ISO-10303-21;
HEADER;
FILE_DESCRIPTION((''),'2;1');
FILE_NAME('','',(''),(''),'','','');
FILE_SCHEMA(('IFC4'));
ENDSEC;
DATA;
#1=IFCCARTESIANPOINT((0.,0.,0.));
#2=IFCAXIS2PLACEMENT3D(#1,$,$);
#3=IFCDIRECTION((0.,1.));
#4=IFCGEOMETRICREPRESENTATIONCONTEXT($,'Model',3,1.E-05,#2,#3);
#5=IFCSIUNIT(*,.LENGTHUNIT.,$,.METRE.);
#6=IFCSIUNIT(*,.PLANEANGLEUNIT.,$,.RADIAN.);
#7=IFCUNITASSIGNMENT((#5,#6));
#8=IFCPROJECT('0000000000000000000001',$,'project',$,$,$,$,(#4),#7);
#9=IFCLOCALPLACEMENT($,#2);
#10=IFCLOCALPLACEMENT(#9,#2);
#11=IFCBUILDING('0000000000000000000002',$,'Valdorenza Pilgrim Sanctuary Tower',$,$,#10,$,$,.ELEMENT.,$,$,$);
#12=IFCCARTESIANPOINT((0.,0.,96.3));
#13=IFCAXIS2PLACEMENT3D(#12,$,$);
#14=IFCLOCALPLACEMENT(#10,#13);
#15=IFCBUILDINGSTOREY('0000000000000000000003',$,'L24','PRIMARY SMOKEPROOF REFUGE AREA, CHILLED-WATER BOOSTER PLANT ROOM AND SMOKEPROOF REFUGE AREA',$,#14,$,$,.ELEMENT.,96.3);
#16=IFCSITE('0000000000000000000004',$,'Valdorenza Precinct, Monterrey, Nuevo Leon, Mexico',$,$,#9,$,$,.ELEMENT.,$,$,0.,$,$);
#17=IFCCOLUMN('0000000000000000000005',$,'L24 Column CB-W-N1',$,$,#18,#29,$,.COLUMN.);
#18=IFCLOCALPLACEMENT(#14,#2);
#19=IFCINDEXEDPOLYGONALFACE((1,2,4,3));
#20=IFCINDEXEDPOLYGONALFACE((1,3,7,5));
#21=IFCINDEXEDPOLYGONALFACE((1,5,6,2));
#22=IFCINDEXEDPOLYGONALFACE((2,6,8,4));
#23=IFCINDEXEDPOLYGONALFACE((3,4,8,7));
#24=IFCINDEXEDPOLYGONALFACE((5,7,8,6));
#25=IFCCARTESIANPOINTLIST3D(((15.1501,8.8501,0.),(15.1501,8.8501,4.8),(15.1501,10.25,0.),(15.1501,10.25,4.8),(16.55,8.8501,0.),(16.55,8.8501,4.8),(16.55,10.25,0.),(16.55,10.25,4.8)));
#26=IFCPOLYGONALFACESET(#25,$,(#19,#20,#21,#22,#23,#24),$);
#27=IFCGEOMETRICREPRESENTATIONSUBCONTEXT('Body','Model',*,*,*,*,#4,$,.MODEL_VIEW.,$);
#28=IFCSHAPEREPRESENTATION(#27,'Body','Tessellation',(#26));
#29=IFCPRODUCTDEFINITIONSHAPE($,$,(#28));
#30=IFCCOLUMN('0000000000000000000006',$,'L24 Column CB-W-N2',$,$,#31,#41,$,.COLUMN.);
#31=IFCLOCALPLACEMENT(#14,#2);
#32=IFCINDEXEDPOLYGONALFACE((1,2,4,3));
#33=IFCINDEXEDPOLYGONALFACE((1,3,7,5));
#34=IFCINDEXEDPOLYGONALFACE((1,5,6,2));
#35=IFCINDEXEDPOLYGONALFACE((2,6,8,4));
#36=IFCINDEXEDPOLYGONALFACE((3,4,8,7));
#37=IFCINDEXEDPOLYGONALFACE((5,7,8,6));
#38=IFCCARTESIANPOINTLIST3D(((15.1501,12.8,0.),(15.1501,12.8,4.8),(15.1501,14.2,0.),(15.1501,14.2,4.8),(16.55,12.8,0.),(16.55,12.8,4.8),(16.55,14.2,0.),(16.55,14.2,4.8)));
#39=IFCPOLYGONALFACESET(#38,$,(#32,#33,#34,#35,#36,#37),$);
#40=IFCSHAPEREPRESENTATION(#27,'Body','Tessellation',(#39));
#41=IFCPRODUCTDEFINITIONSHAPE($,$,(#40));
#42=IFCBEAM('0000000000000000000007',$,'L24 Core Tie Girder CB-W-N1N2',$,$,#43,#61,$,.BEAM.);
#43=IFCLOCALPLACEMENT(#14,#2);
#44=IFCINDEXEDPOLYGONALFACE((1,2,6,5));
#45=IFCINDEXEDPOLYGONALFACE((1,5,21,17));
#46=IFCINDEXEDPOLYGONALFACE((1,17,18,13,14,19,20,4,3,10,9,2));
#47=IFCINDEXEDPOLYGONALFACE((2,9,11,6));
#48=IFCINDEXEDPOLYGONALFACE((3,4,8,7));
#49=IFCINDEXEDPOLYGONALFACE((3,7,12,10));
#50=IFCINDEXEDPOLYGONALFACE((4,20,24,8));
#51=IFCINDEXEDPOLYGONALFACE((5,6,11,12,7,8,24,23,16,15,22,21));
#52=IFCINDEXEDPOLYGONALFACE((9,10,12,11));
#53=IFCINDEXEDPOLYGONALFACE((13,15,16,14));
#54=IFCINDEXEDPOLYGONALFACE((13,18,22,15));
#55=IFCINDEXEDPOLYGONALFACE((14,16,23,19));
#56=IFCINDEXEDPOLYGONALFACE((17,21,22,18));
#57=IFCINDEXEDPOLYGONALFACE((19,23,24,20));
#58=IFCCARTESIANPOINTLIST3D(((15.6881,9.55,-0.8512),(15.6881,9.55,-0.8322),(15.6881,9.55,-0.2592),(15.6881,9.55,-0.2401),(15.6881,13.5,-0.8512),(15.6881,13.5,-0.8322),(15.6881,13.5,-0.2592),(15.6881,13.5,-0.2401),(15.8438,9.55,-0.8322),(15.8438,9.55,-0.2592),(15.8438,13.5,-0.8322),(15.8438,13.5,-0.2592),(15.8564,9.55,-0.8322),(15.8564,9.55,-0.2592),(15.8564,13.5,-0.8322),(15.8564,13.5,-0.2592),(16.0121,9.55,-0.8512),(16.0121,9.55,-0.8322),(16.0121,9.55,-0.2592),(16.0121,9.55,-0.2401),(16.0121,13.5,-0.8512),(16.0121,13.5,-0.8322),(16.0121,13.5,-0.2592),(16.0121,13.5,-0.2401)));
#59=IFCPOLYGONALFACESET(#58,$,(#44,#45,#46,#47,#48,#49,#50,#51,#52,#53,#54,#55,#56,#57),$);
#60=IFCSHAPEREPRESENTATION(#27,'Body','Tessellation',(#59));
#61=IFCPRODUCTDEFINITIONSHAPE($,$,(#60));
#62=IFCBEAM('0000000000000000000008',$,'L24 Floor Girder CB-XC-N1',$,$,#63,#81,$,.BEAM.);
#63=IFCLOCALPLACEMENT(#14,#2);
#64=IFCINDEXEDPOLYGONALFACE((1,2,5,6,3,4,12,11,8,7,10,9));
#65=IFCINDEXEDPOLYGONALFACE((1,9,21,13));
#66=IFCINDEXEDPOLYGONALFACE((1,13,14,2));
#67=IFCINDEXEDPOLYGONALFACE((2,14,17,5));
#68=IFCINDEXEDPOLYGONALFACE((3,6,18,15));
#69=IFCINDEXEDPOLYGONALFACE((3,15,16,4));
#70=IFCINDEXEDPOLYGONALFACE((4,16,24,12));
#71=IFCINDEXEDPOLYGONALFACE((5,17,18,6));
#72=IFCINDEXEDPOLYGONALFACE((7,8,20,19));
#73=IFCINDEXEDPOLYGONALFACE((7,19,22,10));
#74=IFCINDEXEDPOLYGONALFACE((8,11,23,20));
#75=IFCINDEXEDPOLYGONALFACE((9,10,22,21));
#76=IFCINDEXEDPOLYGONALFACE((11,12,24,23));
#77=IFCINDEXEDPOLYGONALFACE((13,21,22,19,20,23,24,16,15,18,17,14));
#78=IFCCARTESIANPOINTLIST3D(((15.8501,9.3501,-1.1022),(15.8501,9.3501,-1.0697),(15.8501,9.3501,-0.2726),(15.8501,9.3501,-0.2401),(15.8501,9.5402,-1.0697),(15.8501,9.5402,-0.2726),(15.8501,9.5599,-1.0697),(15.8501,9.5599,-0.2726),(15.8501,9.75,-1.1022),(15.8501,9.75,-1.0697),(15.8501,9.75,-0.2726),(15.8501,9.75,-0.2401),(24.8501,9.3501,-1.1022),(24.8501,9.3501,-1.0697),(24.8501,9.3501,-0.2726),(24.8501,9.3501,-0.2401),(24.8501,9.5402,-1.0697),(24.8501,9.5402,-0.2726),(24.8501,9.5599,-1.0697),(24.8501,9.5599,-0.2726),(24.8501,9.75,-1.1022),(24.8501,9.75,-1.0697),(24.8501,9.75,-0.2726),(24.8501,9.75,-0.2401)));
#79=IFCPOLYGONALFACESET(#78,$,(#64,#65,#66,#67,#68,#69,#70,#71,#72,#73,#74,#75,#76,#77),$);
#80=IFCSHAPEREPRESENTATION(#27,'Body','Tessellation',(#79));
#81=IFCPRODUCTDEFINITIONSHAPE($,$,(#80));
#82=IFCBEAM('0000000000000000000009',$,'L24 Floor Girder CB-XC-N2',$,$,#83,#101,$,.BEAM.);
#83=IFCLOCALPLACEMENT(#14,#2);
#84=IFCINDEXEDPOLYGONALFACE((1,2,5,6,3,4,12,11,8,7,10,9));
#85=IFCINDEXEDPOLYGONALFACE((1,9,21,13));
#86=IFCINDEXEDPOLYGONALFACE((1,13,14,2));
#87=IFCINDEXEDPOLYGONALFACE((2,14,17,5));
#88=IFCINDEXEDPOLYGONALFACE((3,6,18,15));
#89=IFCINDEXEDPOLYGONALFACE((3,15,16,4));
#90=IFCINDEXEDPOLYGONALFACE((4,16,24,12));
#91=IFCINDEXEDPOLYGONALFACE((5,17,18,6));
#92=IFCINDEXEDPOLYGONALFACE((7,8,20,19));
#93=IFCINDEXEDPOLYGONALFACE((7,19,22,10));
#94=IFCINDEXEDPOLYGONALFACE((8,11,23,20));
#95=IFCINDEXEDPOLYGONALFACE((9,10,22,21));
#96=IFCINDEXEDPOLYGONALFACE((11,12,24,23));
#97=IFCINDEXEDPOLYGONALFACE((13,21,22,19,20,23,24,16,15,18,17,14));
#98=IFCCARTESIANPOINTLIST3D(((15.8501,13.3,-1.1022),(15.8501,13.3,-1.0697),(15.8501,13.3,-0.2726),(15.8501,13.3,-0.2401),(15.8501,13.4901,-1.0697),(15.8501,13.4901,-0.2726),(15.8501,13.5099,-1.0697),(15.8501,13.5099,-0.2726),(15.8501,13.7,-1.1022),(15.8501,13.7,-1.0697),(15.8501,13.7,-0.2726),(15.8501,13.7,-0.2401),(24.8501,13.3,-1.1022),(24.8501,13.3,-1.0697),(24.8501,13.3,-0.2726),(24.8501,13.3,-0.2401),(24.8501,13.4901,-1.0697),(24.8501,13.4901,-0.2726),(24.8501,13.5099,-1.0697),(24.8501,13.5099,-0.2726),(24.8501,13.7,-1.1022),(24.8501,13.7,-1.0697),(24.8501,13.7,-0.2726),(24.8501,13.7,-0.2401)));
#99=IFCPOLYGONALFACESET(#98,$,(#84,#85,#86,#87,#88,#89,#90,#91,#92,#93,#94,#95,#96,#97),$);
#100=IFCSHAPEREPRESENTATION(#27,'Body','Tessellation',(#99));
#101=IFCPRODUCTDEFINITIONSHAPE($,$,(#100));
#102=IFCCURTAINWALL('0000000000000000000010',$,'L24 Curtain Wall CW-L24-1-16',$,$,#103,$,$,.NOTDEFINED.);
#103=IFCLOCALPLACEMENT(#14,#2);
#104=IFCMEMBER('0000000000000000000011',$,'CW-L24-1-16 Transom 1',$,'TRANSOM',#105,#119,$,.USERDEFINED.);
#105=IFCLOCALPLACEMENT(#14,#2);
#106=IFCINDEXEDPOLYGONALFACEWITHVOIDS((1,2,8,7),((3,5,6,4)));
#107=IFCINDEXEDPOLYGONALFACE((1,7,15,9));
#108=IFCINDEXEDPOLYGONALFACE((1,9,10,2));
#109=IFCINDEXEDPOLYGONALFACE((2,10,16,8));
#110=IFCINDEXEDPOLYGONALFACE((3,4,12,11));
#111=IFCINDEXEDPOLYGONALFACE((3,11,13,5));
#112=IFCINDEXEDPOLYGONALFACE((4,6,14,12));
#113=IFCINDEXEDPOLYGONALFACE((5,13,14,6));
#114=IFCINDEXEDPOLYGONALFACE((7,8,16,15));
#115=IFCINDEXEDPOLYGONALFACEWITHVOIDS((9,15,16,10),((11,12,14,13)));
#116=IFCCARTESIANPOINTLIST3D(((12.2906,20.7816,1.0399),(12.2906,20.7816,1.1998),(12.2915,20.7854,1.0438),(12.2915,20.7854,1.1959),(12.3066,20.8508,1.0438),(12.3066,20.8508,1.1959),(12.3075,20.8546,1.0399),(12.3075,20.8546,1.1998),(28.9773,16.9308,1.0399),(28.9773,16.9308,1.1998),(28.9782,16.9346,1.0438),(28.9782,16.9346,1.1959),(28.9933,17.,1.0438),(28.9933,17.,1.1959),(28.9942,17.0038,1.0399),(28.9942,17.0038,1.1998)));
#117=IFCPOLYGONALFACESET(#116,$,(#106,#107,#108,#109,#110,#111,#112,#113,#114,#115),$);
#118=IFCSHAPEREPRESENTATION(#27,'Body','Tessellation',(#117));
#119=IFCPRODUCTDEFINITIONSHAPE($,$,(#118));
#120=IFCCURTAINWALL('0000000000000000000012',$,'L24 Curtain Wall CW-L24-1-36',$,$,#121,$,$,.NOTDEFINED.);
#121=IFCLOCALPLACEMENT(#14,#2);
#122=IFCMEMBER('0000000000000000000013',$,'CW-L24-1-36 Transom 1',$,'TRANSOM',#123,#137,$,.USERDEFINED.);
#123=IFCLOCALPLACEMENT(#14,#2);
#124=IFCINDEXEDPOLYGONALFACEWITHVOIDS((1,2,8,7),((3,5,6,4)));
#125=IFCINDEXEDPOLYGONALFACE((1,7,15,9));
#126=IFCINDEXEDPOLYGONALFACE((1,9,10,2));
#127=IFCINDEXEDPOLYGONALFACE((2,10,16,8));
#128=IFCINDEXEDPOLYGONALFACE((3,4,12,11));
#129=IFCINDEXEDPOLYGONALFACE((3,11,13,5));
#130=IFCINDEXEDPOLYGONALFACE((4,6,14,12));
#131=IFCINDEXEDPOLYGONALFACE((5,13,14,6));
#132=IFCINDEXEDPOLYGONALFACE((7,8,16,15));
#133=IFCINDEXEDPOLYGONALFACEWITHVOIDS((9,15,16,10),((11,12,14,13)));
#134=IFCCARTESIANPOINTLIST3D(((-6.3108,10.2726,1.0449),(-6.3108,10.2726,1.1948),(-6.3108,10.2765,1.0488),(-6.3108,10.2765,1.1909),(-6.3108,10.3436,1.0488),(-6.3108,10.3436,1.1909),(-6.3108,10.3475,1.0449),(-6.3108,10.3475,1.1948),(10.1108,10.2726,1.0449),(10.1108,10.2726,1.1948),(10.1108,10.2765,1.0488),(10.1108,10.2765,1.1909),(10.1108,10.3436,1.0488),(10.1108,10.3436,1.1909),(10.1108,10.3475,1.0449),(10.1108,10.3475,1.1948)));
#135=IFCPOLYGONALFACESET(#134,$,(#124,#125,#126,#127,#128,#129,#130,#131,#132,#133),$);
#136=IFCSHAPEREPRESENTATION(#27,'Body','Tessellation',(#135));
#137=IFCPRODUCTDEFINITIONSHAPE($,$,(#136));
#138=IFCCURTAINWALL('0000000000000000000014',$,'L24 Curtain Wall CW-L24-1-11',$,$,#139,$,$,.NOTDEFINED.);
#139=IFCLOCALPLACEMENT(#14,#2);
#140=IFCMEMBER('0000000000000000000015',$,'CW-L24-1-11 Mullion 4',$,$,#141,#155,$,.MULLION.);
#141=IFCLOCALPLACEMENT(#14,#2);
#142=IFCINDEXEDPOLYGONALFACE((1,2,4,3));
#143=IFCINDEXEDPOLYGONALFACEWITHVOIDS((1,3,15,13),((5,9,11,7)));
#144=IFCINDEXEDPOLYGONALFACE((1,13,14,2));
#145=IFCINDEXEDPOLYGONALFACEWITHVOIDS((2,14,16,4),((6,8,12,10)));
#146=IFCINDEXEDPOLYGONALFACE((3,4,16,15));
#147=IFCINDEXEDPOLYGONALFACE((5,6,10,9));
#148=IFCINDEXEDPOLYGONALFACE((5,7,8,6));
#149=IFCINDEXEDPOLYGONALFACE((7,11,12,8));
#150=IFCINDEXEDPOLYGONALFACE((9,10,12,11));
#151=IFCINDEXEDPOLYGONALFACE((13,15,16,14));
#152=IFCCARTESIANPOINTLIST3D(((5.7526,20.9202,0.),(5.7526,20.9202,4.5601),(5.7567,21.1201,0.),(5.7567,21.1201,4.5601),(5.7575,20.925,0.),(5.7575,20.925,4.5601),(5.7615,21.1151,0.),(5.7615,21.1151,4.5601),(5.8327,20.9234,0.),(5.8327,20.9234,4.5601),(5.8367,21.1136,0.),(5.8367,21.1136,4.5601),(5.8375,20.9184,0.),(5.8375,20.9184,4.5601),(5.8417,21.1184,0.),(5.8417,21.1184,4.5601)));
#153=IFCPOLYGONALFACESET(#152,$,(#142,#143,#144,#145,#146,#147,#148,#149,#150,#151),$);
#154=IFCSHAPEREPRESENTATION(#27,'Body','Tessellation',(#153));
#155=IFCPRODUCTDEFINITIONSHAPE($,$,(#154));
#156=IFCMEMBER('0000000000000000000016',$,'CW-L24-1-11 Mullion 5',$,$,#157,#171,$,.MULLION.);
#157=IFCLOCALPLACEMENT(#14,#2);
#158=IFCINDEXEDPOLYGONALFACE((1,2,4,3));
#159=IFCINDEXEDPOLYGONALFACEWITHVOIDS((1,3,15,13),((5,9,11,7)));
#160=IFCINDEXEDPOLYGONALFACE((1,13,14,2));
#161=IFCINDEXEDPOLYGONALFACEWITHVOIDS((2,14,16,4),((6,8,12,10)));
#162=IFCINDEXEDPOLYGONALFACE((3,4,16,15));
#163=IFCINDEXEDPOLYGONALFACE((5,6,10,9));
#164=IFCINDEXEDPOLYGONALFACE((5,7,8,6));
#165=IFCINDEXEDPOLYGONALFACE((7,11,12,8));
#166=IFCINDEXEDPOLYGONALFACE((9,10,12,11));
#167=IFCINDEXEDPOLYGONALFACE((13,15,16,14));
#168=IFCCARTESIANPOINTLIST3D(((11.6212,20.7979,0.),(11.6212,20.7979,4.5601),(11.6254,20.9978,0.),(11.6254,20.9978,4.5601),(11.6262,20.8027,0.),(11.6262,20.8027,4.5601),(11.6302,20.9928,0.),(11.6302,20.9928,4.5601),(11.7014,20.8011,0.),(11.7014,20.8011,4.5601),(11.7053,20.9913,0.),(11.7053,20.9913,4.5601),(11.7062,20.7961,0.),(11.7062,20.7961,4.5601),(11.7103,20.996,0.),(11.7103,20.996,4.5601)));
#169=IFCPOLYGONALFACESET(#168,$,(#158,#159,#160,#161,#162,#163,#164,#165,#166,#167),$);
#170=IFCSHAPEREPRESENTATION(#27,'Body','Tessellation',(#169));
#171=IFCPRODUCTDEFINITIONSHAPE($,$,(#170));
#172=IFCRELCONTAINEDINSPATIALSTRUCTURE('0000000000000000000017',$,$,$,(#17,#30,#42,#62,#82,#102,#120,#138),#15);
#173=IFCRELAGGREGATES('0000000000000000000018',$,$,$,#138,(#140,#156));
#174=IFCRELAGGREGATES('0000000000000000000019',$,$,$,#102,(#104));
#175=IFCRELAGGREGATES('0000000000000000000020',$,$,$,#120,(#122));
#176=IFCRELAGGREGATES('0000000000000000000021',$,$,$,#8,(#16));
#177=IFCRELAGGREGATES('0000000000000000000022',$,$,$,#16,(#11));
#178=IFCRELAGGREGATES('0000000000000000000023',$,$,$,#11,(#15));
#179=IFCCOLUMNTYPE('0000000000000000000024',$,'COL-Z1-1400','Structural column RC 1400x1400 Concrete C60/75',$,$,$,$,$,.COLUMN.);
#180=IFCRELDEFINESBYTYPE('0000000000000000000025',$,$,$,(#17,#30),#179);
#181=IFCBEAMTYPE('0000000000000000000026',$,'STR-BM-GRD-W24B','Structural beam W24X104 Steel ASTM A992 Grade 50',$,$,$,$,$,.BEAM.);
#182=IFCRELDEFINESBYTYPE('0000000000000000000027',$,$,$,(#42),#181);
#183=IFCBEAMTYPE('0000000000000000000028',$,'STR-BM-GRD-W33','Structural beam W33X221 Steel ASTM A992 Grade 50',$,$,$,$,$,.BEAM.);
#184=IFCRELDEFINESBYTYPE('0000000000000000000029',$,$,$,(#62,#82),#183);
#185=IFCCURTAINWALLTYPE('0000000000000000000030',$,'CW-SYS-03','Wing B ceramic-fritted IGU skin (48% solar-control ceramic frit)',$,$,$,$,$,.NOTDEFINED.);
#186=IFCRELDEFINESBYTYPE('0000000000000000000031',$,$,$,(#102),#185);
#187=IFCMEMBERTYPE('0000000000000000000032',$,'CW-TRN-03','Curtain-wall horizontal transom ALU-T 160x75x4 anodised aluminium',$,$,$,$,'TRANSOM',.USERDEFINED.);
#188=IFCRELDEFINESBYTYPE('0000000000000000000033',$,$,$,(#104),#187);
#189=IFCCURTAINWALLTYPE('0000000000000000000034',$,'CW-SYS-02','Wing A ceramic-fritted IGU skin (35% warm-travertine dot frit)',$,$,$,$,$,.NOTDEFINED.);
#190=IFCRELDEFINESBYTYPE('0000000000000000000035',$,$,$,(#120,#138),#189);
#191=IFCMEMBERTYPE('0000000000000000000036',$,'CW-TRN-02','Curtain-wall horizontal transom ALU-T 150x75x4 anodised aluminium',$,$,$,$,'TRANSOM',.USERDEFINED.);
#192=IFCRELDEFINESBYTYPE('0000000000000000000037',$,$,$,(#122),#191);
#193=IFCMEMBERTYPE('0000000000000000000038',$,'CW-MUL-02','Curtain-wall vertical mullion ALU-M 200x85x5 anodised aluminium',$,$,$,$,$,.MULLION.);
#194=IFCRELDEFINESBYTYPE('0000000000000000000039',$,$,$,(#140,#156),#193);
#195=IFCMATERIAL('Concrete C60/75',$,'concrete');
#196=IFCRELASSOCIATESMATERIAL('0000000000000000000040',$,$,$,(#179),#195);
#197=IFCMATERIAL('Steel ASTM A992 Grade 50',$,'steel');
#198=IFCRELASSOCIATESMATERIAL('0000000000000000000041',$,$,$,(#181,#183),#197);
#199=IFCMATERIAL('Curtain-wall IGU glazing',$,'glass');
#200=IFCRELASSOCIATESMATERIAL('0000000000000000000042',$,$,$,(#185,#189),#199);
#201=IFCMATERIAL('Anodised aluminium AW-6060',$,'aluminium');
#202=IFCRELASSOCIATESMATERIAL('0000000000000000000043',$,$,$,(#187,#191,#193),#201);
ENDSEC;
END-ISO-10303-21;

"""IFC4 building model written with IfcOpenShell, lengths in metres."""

from ifc_helpers import new_model, si_unit, direction, frame, origin, origin_2d, place, context, subcontext, project, spatial, rectangle, hollow_rectangle, i_section, extrude, source, transform, mapped, material, material_profile, profile_set, type_object, element, aggregate, save


model = new_model("IFC4")

# Units and contexts
model_context = context("Model", 3, precision=1e-05, world=origin(), true_north=direction((0.0, 1.0)))
body_context = subcontext(model_context, "Body", "Model", "MODEL_VIEW")
ifc_project = project(units=[si_unit("LENGTHUNIT", "METRE"), si_unit("PLANEANGLEUNIT", "RADIAN")], contexts=[model_context])

# Site, building, storey
site_placement = place(None, origin())
site = spatial("IfcSite", under=ifc_project, at=site_placement, Name="Valdorenza Precinct, Monterrey, Nuevo Leon, Mexico", CompositionType="ELEMENT", RefElevation=0.0)
building_placement = place(site_placement, origin())
building = spatial("IfcBuilding", under=site, at=building_placement, Name="Valdorenza Pilgrim Sanctuary Tower", CompositionType="ELEMENT")
storey_placement = place(building_placement, frame((0.0, 0.0, 96.3)))
storey = spatial("IfcBuildingStorey", under=building, at=storey_placement, Name="L24", Description="PRIMARY SMOKEPROOF REFUGE AREA, CHILLED-WATER BOOSTER PLANT ROOM AND SMOKEPROOF REFUGE AREA", CompositionType="ELEMENT", Elevation=96.3)

# Columns
ifc_material_1 = material(Name="Concrete C60/75", Category="concrete")
ifc_material_profile_1 = material_profile(ifc_material_1, rectangle(XDim=1.3999, YDim=1.3999, at=origin_2d()), Name="RC 1400x1400")
ifc_profile_set_1 = profile_set([ifc_material_profile_1], Name="Concrete C60/75")
column_type = type_object("IfcColumnType", Name="COL-Z1-1400", Description="Structural column RC 1400x1400 Concrete C60/75", PredefinedType="COLUMN", material=ifc_profile_set_1)
shared_shape_1 = source(origin(), body_context, "Body", "SweptSolid", [
    extrude(rectangle(XDim=1.3999, YDim=1.3999, at=origin_2d()), origin(), (0.0, 0.0, 1.0), 4.8),
])
for number, where, z_axis, x_axis, name in (
    (1, (15.8501, 9.55, 0.0), (0.0, 0.0, 1.0), (1.0, 0.0, 0.0), "L24 Column CB-W-N1"),
    (2, (15.8501, 13.5, 0.0), (0.0, 0.0, 1.0), (1.0, 0.0, 0.0), "L24 Column CB-W-N2"),
):
    element("IfcColumn", number, at=place(storey_placement, frame(where, z_axis=z_axis, x_axis=x_axis)), inside=storey, type_object=column_type, Name=name, PredefinedType="COLUMN", context=body_context, shape_type="MappedRepresentation", body=[
        mapped(shared_shape_1, transform((0.0, 0.0, 0.0), x_axis=(1.0, 0.0, 0.0), y_axis=(0.0, 1.0, 0.0), z_axis=(0.0, 0.0, 1.0), scale=1.0)),
    ])

# Beams
ifc_material_2 = material(Name="Steel ASTM A992 Grade 50", Category="steel")
ifc_material_profile_2 = material_profile(ifc_material_2, i_section(OverallWidth=0.324, OverallDepth=0.6111, WebThickness=0.0127, FlangeThickness=0.019, at=origin_2d()), Name="W24X104")
ifc_profile_set_2 = profile_set([ifc_material_profile_2], Name="Steel ASTM A992 Grade 50")
beam_type_1 = type_object("IfcBeamType", Name="STR-BM-GRD-W24B", Description="Structural beam W24X104 Steel ASTM A992 Grade 50", PredefinedType="BEAM", material=ifc_profile_set_2)
shared_shape_2 = source(origin(), body_context, "Body", "SweptSolid", [
    extrude(i_section(OverallWidth=0.324, OverallDepth=0.6111, WebThickness=0.0127, FlangeThickness=0.019, at=origin_2d()), origin(), (0.0, 0.0, 1.0), 3.95),
])
beam_placement = place(storey_placement, frame((15.8501, 9.55, -0.5457), z_axis=(0.0, 1.0, 0.0), x_axis=(-1.0, 0.0, 0.0)))
element("IfcBeam", 3, at=beam_placement, inside=storey, type_object=beam_type_1, Name="L24 Core Tie Girder CB-W-N1N2", PredefinedType="BEAM", context=body_context, shape_type="MappedRepresentation", body=[
    mapped(shared_shape_2, transform((0.0, 0.0, 0.0), x_axis=(1.0, 0.0, 0.0), y_axis=(0.0, 1.0, 0.0), z_axis=(0.0, 0.0, 1.0), scale=1.0)),
])
ifc_material_profile_3 = material_profile(ifc_material_2, i_section(OverallWidth=0.3999, OverallDepth=0.8621, WebThickness=0.0198, FlangeThickness=0.0325, at=origin_2d()), Name="W33X221")
ifc_profile_set_3 = profile_set([ifc_material_profile_3], Name="Steel ASTM A992 Grade 50")
beam_type_2 = type_object("IfcBeamType", Name="STR-BM-GRD-W33", Description="Structural beam W33X221 Steel ASTM A992 Grade 50", PredefinedType="BEAM", material=ifc_profile_set_3)
shared_shape_3 = source(origin(), body_context, "Body", "SweptSolid", [
    extrude(i_section(OverallWidth=0.3999, OverallDepth=0.8621, WebThickness=0.0198, FlangeThickness=0.0325, at=origin_2d()), origin(), (0.0, 0.0, 1.0), 9.0),
])
for number, where, z_axis, x_axis, name in (
    (4, (15.8501, 9.55, -0.6711), (1.0, 0.0, 0.0), (0.0, 1.0, 0.0), "L24 Floor Girder CB-XC-N1"),
    (5, (15.8501, 13.5, -0.6711), (1.0, 0.0, 0.0), (0.0, 1.0, 0.0), "L24 Floor Girder CB-XC-N2"),
):
    element("IfcBeam", number, at=place(storey_placement, frame(where, z_axis=z_axis, x_axis=x_axis)), inside=storey, type_object=beam_type_2, Name=name, PredefinedType="BEAM", context=body_context, shape_type="MappedRepresentation", body=[
        mapped(shared_shape_3, transform((0.0, 0.0, 0.0), x_axis=(1.0, 0.0, 0.0), y_axis=(0.0, 1.0, 0.0), z_axis=(0.0, 0.0, 1.0), scale=1.0)),
    ])

# Curtain walls, members
ifc_material_3 = material(Name="Curtain-wall IGU glazing", Category="glass")
curtain_wall_type_1 = type_object("IfcCurtainWallType", Name="CW-SYS-03", Description="Wing B ceramic-fritted IGU skin (48% solar-control ceramic frit)", PredefinedType="NOTDEFINED", material=ifc_material_3)
curtain_wall_1_placement = place(storey_placement, origin())
curtain_wall_1 = element("IfcCurtainWall", 6, at=curtain_wall_1_placement, inside=storey, type_object=curtain_wall_type_1, Name="L24 Curtain Wall CW-L24-1-16", PredefinedType="NOTDEFINED")
ifc_material_4 = material(Name="Anodised aluminium AW-6060", Category="aluminium")
ifc_material_profile_4 = material_profile(ifc_material_4, hollow_rectangle(XDim=0.075, YDim=0.1599, WallThickness=0.0039, at=origin_2d()), Name="ALU-T 160x75x4")
ifc_profile_set_4 = profile_set([ifc_material_profile_4], Name="Anodised aluminium AW-6060")
member_type_1 = type_object("IfcMemberType", Name="CW-TRN-03", Description="Curtain-wall horizontal transom ALU-T 160x75x4 anodised aluminium", ElementType="TRANSOM", PredefinedType="USERDEFINED", material=ifc_profile_set_4)
shared_shape_4 = source(origin(), body_context, "Body", "SweptSolid", [
    extrude(hollow_rectangle(XDim=0.075, YDim=0.1599, WallThickness=0.0039, at=origin_2d()), origin(), (0.0, 0.0, 1.0), 17.1252),
])
member_1_placement = place(storey_placement, frame((12.2991, 20.8181, 1.1199), z_axis=(0.974391, -0.224862, 0.0), x_axis=(0.224862, 0.974391, 0.0)))
member_1 = element("IfcMember", 7, at=member_1_placement, type_object=member_type_1, Name="CW-L24-1-16 Transom 1", ObjectType="TRANSOM", PredefinedType="USERDEFINED", context=body_context, shape_type="MappedRepresentation", body=[
    mapped(shared_shape_4, transform((0.0, 0.0, 0.0), x_axis=(1.0, 0.0, 0.0), y_axis=(0.0, 1.0, 0.0), z_axis=(0.0, 0.0, 1.0), scale=1.0)),
])
curtain_wall_type_2 = type_object("IfcCurtainWallType", Name="CW-SYS-02", Description="Wing A ceramic-fritted IGU skin (35% warm-travertine dot frit)", PredefinedType="NOTDEFINED", material=ifc_material_3)
curtain_wall_2_placement = place(storey_placement, origin())
curtain_wall_2 = element("IfcCurtainWall", 8, at=curtain_wall_2_placement, inside=storey, type_object=curtain_wall_type_2, Name="L24 Curtain Wall CW-L24-1-36", PredefinedType="NOTDEFINED")
ifc_material_profile_5 = material_profile(ifc_material_4, hollow_rectangle(XDim=0.075, YDim=0.1499, WallThickness=0.0039, at=origin_2d()), Name="ALU-T 150x75x4")
ifc_profile_set_5 = profile_set([ifc_material_profile_5], Name="Anodised aluminium AW-6060")
member_type_2 = type_object("IfcMemberType", Name="CW-TRN-02", Description="Curtain-wall horizontal transom ALU-T 150x75x4 anodised aluminium", ElementType="TRANSOM", PredefinedType="USERDEFINED", material=ifc_profile_set_5)
shared_shape_5 = source(origin(), body_context, "Body", "SweptSolid", [
    extrude(hollow_rectangle(XDim=0.075, YDim=0.1499, WallThickness=0.0039, at=origin_2d()), origin(), (0.0, 0.0, 1.0), 16.4216),
])
member_2_placement = place(storey_placement, frame((10.1108, 10.3101, 1.1199), z_axis=(-1.0, 0.0, 0.0), x_axis=(0.0, -1.0, 0.0)))
member_2 = element("IfcMember", 9, at=member_2_placement, type_object=member_type_2, Name="CW-L24-1-36 Transom 1", ObjectType="TRANSOM", PredefinedType="USERDEFINED", context=body_context, shape_type="MappedRepresentation", body=[
    mapped(shared_shape_5, transform((0.0, 0.0, 0.0), x_axis=(1.0, 0.0, 0.0), y_axis=(0.0, 1.0, 0.0), z_axis=(0.0, 0.0, 1.0), scale=1.0)),
])

# Curtain wall, members
curtain_wall_3_placement = place(storey_placement, origin())
curtain_wall_3 = element("IfcCurtainWall", 10, at=curtain_wall_3_placement, inside=storey, type_object=curtain_wall_type_2, Name="L24 Curtain Wall CW-L24-1-11", PredefinedType="NOTDEFINED")
ifc_material_profile_6 = material_profile(ifc_material_4, hollow_rectangle(XDim=0.085, YDim=0.2, WallThickness=0.0049, at=origin_2d()), Name="ALU-M 200x85x5")
ifc_profile_set_6 = profile_set([ifc_material_profile_6], Name="Anodised aluminium AW-6060")
member_type_3 = type_object("IfcMemberType", Name="CW-MUL-02", Description="Curtain-wall vertical mullion ALU-M 200x85x5 anodised aluminium", PredefinedType="MULLION", material=ifc_profile_set_6)
shared_shape_6 = source(origin(), body_context, "Body", "SweptSolid", [
    extrude(hollow_rectangle(XDim=0.085, YDim=0.2, WallThickness=0.0049, at=origin_2d()), origin(), (0.0, 0.0, 1.0), 4.5601),
])
member_3_placement = place(storey_placement, frame((5.7971, 21.0193, 0.0), z_axis=(0.0, 0.0, 1.0), x_axis=(0.999783, -0.02082, 0.0)))
member_3 = element("IfcMember", 11, at=member_3_placement, type_object=member_type_3, Name="CW-L24-1-11 Mullion 4", PredefinedType="MULLION", context=body_context, shape_type="MappedRepresentation", body=[
    mapped(shared_shape_6, transform((0.0, 0.0, 0.0), x_axis=(1.0, 0.0, 0.0), y_axis=(0.0, 1.0, 0.0), z_axis=(0.0, 0.0, 1.0), scale=1.0)),
])
member_4_placement = place(storey_placement, frame((11.6658, 20.897, 0.0), z_axis=(0.0, 0.0, 1.0), x_axis=(0.999783, -0.02082, 0.0)))
member_4 = element("IfcMember", 12, at=member_4_placement, type_object=member_type_3, Name="CW-L24-1-11 Mullion 5", PredefinedType="MULLION", context=body_context, shape_type="MappedRepresentation", body=[
    mapped(shared_shape_6, transform((0.0, 0.0, 0.0), x_axis=(1.0, 0.0, 0.0), y_axis=(0.0, 1.0, 0.0), z_axis=(0.0, 0.0, 1.0), scale=1.0)),
])

aggregate(curtain_wall_3, [member_3, member_4])
aggregate(curtain_wall_1, [member_1])
aggregate(curtain_wall_2, [member_2])

save(model, "model.ifc")
